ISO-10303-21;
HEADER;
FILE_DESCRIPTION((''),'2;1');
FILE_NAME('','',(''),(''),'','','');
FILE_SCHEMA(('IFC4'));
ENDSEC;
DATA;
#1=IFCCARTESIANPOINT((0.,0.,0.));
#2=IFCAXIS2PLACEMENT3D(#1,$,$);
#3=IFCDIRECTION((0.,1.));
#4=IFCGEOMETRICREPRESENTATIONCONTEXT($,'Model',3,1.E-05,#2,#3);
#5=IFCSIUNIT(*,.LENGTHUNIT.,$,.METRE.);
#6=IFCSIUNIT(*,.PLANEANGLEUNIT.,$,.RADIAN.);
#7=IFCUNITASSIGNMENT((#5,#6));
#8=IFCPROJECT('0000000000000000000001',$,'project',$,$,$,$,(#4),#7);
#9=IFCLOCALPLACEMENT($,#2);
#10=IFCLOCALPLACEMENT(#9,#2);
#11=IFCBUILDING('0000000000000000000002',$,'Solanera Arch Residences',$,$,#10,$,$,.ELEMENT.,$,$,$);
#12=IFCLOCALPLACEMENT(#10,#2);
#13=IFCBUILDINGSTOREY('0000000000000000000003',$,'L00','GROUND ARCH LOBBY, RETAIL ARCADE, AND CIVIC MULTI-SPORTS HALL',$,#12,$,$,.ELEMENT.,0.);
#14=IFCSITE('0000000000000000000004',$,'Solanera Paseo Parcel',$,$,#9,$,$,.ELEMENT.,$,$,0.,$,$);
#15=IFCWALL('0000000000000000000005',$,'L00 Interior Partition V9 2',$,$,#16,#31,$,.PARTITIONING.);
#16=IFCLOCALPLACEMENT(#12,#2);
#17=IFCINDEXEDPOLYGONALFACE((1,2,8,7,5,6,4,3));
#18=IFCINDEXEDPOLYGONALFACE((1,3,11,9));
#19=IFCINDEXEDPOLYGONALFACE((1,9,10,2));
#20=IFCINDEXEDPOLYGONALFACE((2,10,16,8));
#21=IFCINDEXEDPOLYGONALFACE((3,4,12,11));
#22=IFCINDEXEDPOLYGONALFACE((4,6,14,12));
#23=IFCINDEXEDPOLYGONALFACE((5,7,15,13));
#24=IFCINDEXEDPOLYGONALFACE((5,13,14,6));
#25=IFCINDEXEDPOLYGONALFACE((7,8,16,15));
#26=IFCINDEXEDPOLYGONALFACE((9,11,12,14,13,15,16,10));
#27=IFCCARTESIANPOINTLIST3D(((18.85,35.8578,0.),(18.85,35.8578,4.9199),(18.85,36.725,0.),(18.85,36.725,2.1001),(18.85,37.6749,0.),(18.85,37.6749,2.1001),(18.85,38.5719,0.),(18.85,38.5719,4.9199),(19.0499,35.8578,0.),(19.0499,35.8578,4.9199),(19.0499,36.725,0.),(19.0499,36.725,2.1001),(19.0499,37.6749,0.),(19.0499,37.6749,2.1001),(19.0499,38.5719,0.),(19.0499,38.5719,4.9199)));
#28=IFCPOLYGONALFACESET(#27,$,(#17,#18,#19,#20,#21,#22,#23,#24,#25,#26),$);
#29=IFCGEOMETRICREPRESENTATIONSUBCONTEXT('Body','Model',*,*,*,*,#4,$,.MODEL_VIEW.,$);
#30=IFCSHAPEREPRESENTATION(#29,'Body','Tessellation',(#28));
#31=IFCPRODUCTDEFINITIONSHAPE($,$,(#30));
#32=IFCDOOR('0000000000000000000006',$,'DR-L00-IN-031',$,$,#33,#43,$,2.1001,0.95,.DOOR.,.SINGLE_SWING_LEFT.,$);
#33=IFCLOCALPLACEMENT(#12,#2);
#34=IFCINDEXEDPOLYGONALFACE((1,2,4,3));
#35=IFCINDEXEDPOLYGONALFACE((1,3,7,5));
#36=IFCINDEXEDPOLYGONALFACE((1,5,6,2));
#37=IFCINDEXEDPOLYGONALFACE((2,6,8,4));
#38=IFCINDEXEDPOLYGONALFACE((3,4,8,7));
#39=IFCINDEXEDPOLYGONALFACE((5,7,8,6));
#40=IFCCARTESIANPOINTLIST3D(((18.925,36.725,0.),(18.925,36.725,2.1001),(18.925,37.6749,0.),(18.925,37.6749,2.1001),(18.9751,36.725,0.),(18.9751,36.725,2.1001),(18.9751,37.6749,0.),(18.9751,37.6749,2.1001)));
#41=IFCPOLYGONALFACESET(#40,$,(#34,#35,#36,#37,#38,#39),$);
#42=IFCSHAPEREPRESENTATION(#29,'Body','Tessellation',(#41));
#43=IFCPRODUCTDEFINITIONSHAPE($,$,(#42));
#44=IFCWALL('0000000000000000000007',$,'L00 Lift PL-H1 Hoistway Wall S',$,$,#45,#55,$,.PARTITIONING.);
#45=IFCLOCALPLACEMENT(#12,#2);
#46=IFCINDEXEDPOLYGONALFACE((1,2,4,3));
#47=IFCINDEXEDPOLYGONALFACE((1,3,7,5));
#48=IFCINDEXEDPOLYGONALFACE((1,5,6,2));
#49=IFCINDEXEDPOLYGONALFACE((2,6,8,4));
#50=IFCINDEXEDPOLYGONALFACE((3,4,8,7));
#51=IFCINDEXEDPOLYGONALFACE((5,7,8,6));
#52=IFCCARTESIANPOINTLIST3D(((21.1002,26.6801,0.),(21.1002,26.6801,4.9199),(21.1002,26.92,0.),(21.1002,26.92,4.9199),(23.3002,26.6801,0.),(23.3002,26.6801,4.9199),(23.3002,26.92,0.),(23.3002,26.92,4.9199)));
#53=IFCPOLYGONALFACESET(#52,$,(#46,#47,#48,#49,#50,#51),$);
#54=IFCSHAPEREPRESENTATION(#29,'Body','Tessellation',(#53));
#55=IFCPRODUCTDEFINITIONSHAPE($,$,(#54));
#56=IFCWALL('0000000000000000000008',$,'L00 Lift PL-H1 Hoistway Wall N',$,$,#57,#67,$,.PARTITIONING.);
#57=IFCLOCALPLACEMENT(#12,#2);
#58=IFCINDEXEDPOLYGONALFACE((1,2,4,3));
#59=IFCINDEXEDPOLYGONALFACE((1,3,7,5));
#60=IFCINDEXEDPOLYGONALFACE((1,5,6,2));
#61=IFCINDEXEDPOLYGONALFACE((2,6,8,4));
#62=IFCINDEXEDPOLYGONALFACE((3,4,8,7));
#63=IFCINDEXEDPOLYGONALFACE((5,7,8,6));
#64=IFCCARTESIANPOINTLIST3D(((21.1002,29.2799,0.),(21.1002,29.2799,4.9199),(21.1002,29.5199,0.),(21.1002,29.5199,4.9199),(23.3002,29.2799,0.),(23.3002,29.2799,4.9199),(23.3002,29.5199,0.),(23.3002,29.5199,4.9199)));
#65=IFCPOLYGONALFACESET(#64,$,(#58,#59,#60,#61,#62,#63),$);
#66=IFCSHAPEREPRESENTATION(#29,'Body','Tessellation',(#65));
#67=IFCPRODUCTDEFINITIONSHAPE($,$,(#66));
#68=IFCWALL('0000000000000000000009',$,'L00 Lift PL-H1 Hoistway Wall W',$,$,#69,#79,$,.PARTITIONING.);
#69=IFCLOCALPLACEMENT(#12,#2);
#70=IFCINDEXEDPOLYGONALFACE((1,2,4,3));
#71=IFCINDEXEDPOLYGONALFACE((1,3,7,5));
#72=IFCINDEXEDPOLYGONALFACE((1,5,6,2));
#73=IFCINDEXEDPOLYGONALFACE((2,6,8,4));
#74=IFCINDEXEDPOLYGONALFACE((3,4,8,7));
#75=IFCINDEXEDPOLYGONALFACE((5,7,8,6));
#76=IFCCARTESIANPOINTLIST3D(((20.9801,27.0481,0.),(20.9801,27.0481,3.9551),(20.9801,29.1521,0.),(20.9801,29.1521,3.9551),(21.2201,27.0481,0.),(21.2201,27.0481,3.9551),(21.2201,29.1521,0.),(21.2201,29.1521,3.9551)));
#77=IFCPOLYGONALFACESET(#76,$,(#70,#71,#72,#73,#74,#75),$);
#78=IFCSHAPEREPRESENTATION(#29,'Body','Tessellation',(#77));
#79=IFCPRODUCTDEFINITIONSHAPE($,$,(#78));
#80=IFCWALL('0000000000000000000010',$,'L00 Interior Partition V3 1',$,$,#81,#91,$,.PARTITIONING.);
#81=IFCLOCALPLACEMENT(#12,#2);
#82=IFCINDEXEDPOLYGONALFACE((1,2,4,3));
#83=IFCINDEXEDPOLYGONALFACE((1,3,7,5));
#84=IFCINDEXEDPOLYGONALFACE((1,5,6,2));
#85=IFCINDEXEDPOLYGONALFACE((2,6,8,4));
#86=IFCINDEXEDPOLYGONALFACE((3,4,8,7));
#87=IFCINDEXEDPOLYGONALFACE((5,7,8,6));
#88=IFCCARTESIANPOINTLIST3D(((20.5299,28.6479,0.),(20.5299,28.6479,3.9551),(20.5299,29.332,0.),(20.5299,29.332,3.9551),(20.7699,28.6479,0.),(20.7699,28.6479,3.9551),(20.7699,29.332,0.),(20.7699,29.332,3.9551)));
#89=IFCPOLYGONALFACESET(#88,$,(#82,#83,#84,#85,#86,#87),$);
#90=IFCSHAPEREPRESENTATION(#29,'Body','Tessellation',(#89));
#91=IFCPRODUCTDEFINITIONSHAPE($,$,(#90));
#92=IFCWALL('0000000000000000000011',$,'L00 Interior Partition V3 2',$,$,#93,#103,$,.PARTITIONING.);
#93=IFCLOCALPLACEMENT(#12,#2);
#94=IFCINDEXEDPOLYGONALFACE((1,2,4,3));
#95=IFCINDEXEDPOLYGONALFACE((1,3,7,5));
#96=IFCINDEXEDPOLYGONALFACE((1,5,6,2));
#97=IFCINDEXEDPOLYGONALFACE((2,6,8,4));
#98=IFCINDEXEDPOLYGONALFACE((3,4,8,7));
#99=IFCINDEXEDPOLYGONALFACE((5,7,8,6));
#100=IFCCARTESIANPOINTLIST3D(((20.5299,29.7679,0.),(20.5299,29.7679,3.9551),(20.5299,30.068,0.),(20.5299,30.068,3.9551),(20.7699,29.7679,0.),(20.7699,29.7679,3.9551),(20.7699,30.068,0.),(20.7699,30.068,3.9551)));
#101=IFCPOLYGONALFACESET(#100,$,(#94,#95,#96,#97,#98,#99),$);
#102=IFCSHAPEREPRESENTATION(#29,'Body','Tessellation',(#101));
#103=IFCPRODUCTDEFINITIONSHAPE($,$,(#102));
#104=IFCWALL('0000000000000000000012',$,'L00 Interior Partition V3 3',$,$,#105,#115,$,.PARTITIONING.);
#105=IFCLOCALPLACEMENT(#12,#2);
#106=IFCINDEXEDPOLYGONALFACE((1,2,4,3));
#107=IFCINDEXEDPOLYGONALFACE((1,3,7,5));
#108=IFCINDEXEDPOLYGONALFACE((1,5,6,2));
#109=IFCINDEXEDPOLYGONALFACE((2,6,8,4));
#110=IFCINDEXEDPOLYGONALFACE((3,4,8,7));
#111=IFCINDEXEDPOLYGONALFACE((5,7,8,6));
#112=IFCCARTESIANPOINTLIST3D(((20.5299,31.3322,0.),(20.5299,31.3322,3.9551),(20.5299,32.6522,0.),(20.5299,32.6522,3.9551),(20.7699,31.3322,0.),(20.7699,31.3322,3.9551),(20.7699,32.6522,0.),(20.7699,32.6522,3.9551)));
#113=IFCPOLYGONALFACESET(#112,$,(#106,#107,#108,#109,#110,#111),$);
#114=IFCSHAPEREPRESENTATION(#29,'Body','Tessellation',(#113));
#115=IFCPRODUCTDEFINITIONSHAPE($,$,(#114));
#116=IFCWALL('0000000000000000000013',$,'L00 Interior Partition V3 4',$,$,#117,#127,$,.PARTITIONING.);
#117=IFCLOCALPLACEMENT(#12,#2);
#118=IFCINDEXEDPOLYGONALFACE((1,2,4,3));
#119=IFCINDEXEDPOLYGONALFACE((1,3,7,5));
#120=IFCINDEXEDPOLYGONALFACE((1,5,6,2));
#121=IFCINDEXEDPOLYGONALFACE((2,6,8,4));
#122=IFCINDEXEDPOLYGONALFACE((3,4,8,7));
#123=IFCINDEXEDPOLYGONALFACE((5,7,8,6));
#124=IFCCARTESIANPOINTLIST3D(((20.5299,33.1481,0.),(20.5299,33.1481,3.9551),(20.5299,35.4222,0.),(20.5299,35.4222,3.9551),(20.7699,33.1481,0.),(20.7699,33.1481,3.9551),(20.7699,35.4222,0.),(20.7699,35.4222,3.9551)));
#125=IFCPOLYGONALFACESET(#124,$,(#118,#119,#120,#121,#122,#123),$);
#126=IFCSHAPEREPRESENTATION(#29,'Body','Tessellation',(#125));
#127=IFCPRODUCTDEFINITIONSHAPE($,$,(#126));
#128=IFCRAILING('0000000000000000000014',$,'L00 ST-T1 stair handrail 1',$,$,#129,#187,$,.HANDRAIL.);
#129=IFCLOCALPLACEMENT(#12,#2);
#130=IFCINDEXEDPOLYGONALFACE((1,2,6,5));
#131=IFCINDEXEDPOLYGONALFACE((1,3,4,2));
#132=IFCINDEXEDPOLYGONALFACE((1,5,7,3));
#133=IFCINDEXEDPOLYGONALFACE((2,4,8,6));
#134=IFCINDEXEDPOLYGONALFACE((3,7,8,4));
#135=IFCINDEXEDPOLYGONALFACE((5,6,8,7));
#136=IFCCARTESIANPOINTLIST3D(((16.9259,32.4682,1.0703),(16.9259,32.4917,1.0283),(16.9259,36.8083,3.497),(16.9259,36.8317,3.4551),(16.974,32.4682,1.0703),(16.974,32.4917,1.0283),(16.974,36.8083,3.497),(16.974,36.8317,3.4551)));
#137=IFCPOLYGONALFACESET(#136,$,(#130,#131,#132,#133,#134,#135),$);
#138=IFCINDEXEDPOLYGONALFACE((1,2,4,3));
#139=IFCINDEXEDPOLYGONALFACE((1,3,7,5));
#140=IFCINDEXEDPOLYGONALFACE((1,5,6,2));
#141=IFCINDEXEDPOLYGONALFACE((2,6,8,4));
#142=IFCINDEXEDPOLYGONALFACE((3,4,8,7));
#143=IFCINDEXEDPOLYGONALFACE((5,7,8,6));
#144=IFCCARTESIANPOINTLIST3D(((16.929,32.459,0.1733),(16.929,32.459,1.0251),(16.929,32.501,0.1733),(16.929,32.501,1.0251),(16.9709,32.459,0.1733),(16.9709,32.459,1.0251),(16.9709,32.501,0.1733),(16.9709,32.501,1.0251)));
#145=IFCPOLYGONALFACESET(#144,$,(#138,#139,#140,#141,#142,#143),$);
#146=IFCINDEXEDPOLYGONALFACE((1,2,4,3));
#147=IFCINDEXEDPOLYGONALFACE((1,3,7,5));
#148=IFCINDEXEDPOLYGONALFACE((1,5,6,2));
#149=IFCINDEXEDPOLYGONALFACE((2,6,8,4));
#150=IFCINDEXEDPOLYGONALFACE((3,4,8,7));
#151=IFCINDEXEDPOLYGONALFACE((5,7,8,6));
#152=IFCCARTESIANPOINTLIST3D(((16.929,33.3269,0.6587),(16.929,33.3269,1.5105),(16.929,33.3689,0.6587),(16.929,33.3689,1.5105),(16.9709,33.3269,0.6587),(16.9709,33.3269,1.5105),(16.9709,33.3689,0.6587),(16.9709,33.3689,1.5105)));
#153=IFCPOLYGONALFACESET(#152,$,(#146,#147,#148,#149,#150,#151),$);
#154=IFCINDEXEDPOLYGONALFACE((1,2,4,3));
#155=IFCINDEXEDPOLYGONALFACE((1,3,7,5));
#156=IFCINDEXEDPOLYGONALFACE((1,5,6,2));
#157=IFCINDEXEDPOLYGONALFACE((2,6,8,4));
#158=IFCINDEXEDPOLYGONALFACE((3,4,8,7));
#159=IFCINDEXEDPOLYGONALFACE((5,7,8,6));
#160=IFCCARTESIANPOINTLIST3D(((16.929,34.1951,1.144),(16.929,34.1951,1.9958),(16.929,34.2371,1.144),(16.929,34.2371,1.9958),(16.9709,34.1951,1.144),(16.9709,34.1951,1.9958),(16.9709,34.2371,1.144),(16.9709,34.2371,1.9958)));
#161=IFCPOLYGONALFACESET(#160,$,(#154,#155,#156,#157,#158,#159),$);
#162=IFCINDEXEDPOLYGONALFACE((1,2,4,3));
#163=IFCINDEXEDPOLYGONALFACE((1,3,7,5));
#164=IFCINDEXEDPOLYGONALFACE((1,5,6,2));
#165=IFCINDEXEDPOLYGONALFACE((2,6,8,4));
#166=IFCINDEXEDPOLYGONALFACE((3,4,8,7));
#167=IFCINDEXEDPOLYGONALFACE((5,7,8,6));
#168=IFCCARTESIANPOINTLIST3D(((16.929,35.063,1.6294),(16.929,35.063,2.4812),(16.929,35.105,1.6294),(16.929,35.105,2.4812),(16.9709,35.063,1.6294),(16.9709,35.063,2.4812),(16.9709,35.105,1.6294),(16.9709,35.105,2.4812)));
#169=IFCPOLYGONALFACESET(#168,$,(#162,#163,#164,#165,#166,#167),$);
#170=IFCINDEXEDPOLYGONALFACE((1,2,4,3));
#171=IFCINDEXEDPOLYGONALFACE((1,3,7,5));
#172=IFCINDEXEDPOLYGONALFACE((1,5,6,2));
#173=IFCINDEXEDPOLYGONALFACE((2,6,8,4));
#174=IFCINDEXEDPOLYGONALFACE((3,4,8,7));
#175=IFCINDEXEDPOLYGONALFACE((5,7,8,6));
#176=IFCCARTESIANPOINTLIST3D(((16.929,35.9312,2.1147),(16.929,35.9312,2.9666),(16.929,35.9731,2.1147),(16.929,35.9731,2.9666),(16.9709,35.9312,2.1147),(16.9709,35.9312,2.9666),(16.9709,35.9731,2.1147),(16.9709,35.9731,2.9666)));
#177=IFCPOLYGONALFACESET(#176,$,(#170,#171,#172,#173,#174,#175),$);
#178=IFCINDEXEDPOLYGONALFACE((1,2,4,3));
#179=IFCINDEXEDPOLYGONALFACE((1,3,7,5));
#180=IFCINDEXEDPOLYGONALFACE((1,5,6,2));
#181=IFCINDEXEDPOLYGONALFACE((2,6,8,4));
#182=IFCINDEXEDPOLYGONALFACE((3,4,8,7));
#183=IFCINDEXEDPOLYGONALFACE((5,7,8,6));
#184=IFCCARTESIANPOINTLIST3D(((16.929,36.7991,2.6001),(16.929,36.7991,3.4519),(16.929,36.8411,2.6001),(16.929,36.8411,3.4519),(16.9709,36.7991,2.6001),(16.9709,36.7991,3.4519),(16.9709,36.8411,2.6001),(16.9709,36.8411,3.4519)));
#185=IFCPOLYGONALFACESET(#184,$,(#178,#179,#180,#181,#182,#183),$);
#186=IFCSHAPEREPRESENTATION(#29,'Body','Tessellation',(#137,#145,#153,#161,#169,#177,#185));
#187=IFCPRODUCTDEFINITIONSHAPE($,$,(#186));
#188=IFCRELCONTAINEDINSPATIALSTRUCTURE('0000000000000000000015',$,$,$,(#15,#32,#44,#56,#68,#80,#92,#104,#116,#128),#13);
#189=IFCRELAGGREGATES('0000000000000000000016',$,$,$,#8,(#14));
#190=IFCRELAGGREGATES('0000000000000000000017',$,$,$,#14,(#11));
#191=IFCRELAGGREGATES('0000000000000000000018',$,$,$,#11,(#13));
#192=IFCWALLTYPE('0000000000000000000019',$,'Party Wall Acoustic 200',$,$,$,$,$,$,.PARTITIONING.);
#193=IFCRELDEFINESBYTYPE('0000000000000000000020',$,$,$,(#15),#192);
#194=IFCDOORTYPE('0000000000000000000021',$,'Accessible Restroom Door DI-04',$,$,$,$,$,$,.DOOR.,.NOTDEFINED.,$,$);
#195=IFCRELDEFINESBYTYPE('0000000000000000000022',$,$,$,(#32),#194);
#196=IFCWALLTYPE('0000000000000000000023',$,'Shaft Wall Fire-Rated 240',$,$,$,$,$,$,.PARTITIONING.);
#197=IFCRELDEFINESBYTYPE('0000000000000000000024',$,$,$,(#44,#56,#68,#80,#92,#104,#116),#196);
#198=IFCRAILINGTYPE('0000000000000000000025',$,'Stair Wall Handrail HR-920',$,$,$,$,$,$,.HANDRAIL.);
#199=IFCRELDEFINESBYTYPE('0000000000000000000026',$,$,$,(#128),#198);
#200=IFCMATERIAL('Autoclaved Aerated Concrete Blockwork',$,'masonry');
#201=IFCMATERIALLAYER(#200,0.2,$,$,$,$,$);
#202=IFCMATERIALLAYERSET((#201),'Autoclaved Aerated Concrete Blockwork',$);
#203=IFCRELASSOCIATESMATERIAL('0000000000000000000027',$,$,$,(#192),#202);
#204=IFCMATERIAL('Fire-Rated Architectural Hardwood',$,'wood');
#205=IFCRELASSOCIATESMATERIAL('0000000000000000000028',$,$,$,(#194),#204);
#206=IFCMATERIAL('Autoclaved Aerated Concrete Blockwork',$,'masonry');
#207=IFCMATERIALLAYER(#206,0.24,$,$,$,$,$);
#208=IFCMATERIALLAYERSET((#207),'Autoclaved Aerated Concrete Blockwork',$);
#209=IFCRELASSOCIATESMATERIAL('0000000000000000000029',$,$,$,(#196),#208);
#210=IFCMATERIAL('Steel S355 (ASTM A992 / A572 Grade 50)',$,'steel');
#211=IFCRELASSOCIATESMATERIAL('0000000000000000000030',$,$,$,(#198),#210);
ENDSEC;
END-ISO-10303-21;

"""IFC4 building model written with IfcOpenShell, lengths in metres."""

from ifc_helpers import new_model, si_unit, direction, frame, frame_2d, origin, origin_2d, place, context, subcontext, project, spatial, rectangle, extrude, material, layer, layer_set, type_object, element, fill, save


model = new_model("IFC4")

# Units and contexts
model_context = context("Model", 3, precision=1e-05, world=origin(), true_north=direction((0.0, 1.0)))
body_context = subcontext(model_context, "Body", "Model", "MODEL_VIEW")
ifc_project = project(units=[si_unit("LENGTHUNIT", "METRE"), si_unit("PLANEANGLEUNIT", "RADIAN")], contexts=[model_context])

# Site, building, storey
site_placement = place(None, origin())
site = spatial("IfcSite", under=ifc_project, at=site_placement, Name="Solanera Paseo Parcel", CompositionType="ELEMENT", RefElevation=0.0)
building_placement = place(site_placement, origin())
building = spatial("IfcBuilding", under=site, at=building_placement, Name="Solanera Arch Residences", CompositionType="ELEMENT")
storey_placement = place(building_placement, origin())
storey = spatial("IfcBuildingStorey", under=building, at=storey_placement, Name="L00", Description="GROUND ARCH LOBBY, RETAIL ARCADE, AND CIVIC MULTI-SPORTS HALL", CompositionType="ELEMENT", Elevation=0.0)

# Shared definitions
ifc_material_1 = material(Name="Autoclaved Aerated Concrete Blockwork", Category="masonry")
ifc_layer_1 = layer(ifc_material_1, 0.2)
ifc_layer_set_1 = layer_set([ifc_layer_1], Name="Autoclaved Aerated Concrete Blockwork")
wall_type_1 = type_object("IfcWallType", Name="Party Wall Acoustic 200", PredefinedType="PARTITIONING", material=ifc_layer_set_1)

# Wall, opening, door
wall_1_placement = place(storey_placement, frame((18.95, 35.8579, 0.0), z_axis=(0.0, 0.0, 1.0), x_axis=(0.0, 1.0, 0.0)))
wall_1 = element("IfcWall", 1, at=wall_1_placement, inside=storey, type_object=wall_type_1, Name="L00 Interior Partition V9 2", PredefinedType="PARTITIONING", context=body_context, shape_type="SweptSolid", body=[
    extrude(rectangle(XDim=2.7141, YDim=0.2, at=frame_2d((1.3569, 0.0))), origin(), (0.0, 0.0, 1.0), 4.9199),
])
opening_1_placement = place(wall_1_placement, frame((0.8669, 0.0, 0.0)))
opening_1 = element("IfcOpeningElement", 2, at=opening_1_placement, cuts=wall_1, PredefinedType="OPENING", context=body_context, shape_type="SweptSolid", body=[
    extrude(rectangle(XDim=0.95, YDim=2.1001, at=frame_2d((0.4751, 1.05))), frame((0.0, 0.1101, 0.0), z_axis=(0.0, -1.0, 0.0), x_axis=(1.0, 0.0, 0.0)), (0.0, 0.0, 1.0), 0.22),
])
ifc_material_2 = material(Name="Fire-Rated Architectural Hardwood", Category="wood")
door_type_1 = type_object("IfcDoorType", Name="Accessible Restroom Door DI-04", OperationType="NOTDEFINED", PredefinedType="DOOR", material=ifc_material_2)
door_1_placement = place(opening_1_placement, origin())
door_1 = element("IfcDoor", 3, at=door_1_placement, inside=storey, type_object=door_type_1, Name="DR-L00-IN-031", OperationType="SINGLE_SWING_LEFT", OverallHeight=2.1001, OverallWidth=0.95, PredefinedType="DOOR", context=body_context, shape_type="SweptSolid", body=[
    extrude(rectangle(XDim=0.95, YDim=2.1001, at=frame_2d((0.4751, 1.05))), frame((0.0, 0.0249, 0.0), z_axis=(0.0, -1.0, 0.0), x_axis=(1.0, 0.0, 0.0)), (0.0, 0.0, 1.0), 0.05),
])
fill(opening_1, door_1)

# Walls
ifc_material_3 = material(Name="Autoclaved Aerated Concrete Blockwork", Category="masonry")
ifc_layer_2 = layer(ifc_material_3, 0.24)
ifc_layer_set_2 = layer_set([ifc_layer_2], Name="Autoclaved Aerated Concrete Blockwork")
wall_type_2 = type_object("IfcWallType", Name="Shaft Wall Fire-Rated 240", PredefinedType="PARTITIONING", material=ifc_layer_set_2)
for number, where, z_axis, x_axis, name in (
    (4, (21.1001, 26.8, 0.0), (0.0, 0.0, 1.0), (1.0, 0.0, 0.0), "L00 Lift PL-H1 Hoistway Wall S"),
    (5, (21.1001, 29.3999, 0.0), (0.0, 0.0, 1.0), (1.0, 0.0, 0.0), "L00 Lift PL-H1 Hoistway Wall N"),
):
    element("IfcWall", number, at=place(storey_placement, frame(where, z_axis=z_axis, x_axis=x_axis)), inside=storey, type_object=wall_type_2, Name=name, PredefinedType="PARTITIONING", context=body_context, shape_type="SweptSolid", body=[
        extrude(rectangle(XDim=2.2, YDim=0.24, at=frame_2d((1.1001, 0.0))), origin(), (0.0, 0.0, 1.0), 4.9199),
    ])
wall_2_placement = place(storey_placement, frame((21.1001, 27.0481, 0.0), z_axis=(0.0, 0.0, 1.0), x_axis=(0.0, 1.0, 0.0)))
element("IfcWall", 6, at=wall_2_placement, inside=storey, type_object=wall_type_2, Name="L00 Lift PL-H1 Hoistway Wall W", PredefinedType="PARTITIONING", context=body_context, shape_type="SweptSolid", body=[
    extrude(rectangle(XDim=2.104, YDim=0.24, at=frame_2d((1.052, 0.0))), origin(), (0.0, 0.0, 1.0), 3.9551),
])

# Walls
wall_3_placement = place(storey_placement, frame((20.6499, 28.6479, 0.0), z_axis=(0.0, 0.0, 1.0), x_axis=(0.0, 1.0, 0.0)))
element("IfcWall", 7, at=wall_3_placement, inside=storey, type_object=wall_type_2, Name="L00 Interior Partition V3 1", PredefinedType="PARTITIONING", context=body_context, shape_type="SweptSolid", body=[
    extrude(rectangle(XDim=0.6841, YDim=0.24, at=frame_2d((0.342, 0.0))), origin(), (0.0, 0.0, 1.0), 3.9551),
])
wall_4_placement = place(storey_placement, frame((20.6499, 29.7681, 0.0), z_axis=(0.0, 0.0, 1.0), x_axis=(0.0, 1.0, 0.0)))
element("IfcWall", 8, at=wall_4_placement, inside=storey, type_object=wall_type_2, Name="L00 Interior Partition V3 2", PredefinedType="PARTITIONING", context=body_context, shape_type="SweptSolid", body=[
    extrude(rectangle(XDim=0.3, YDim=0.24, at=frame_2d((0.1499, 0.0))), origin(), (0.0, 0.0, 1.0), 3.9551),
])
wall_5_placement = place(storey_placement, frame((20.6499, 31.332, 0.0), z_axis=(0.0, 0.0, 1.0), x_axis=(0.0, 1.0, 0.0)))
element("IfcWall", 9, at=wall_5_placement, inside=storey, type_object=wall_type_2, Name="L00 Interior Partition V3 3", PredefinedType="PARTITIONING", context=body_context, shape_type="SweptSolid", body=[
    extrude(rectangle(XDim=1.3201, YDim=0.24, at=frame_2d((0.6602, 0.0))), origin(), (0.0, 0.0, 1.0), 3.9551),
])
wall_6_placement = place(storey_placement, frame((20.6499, 33.1479, 0.0), z_axis=(0.0, 0.0, 1.0), x_axis=(0.0, 1.0, 0.0)))
element("IfcWall", 10, at=wall_6_placement, inside=storey, type_object=wall_type_2, Name="L00 Interior Partition V3 4", PredefinedType="PARTITIONING", context=body_context, shape_type="SweptSolid", body=[
    extrude(rectangle(XDim=2.2742, YDim=0.24, at=frame_2d((1.1372, 0.0))), origin(), (0.0, 0.0, 1.0), 3.9551),
])

# Railing
ifc_material_4 = material(Name="Steel S355 (ASTM A992 / A572 Grade 50)", Category="steel")
railing_type = type_object("IfcRailingType", Name="Stair Wall Handrail HR-920", PredefinedType="HANDRAIL", material=ifc_material_4)
railing_placement = place(storey_placement, frame((16.95, 32.48, 0.1733)))
element("IfcRailing", 11, at=railing_placement, inside=storey, type_object=railing_type, Name="L00 ST-T1 stair handrail 1", PredefinedType="HANDRAIL", context=body_context, shape_type="SweptSolid", body=[
    extrude(rectangle(XDim=0.0481, YDim=0.0481, at=origin_2d()), frame((0.0, 0.0, 0.876), z_axis=(0.0, 0.872822, 0.488038), x_axis=(-1.0, 0.0, 0.0)), (0.0, 0.0, 1.0), 4.9724),
    extrude(rectangle(XDim=0.042, YDim=0.042, at=origin_2d()), origin(), (0.0, 0.0, 1.0), 0.8518),
    extrude(rectangle(XDim=0.042, YDim=0.042, at=origin_2d()), frame((0.0, 0.8679, 0.4854)), (0.0, 0.0, 1.0), 0.8518),
    extrude(rectangle(XDim=0.042, YDim=0.042, at=origin_2d()), frame((0.0, 1.7361, 0.9707)), (0.0, 0.0, 1.0), 0.8518),
    extrude(rectangle(XDim=0.042, YDim=0.042, at=origin_2d()), frame((0.0, 2.604, 1.4561)), (0.0, 0.0, 1.0), 0.8518),
    extrude(rectangle(XDim=0.042, YDim=0.042, at=origin_2d()), frame((0.0, 3.4722, 1.9414)), (0.0, 0.0, 1.0), 0.8518),
    extrude(rectangle(XDim=0.042, YDim=0.042, at=origin_2d()), frame((0.0, 4.3401, 2.4268)), (0.0, 0.0, 1.0), 0.8518),
])

save(model, "model.ifc")
